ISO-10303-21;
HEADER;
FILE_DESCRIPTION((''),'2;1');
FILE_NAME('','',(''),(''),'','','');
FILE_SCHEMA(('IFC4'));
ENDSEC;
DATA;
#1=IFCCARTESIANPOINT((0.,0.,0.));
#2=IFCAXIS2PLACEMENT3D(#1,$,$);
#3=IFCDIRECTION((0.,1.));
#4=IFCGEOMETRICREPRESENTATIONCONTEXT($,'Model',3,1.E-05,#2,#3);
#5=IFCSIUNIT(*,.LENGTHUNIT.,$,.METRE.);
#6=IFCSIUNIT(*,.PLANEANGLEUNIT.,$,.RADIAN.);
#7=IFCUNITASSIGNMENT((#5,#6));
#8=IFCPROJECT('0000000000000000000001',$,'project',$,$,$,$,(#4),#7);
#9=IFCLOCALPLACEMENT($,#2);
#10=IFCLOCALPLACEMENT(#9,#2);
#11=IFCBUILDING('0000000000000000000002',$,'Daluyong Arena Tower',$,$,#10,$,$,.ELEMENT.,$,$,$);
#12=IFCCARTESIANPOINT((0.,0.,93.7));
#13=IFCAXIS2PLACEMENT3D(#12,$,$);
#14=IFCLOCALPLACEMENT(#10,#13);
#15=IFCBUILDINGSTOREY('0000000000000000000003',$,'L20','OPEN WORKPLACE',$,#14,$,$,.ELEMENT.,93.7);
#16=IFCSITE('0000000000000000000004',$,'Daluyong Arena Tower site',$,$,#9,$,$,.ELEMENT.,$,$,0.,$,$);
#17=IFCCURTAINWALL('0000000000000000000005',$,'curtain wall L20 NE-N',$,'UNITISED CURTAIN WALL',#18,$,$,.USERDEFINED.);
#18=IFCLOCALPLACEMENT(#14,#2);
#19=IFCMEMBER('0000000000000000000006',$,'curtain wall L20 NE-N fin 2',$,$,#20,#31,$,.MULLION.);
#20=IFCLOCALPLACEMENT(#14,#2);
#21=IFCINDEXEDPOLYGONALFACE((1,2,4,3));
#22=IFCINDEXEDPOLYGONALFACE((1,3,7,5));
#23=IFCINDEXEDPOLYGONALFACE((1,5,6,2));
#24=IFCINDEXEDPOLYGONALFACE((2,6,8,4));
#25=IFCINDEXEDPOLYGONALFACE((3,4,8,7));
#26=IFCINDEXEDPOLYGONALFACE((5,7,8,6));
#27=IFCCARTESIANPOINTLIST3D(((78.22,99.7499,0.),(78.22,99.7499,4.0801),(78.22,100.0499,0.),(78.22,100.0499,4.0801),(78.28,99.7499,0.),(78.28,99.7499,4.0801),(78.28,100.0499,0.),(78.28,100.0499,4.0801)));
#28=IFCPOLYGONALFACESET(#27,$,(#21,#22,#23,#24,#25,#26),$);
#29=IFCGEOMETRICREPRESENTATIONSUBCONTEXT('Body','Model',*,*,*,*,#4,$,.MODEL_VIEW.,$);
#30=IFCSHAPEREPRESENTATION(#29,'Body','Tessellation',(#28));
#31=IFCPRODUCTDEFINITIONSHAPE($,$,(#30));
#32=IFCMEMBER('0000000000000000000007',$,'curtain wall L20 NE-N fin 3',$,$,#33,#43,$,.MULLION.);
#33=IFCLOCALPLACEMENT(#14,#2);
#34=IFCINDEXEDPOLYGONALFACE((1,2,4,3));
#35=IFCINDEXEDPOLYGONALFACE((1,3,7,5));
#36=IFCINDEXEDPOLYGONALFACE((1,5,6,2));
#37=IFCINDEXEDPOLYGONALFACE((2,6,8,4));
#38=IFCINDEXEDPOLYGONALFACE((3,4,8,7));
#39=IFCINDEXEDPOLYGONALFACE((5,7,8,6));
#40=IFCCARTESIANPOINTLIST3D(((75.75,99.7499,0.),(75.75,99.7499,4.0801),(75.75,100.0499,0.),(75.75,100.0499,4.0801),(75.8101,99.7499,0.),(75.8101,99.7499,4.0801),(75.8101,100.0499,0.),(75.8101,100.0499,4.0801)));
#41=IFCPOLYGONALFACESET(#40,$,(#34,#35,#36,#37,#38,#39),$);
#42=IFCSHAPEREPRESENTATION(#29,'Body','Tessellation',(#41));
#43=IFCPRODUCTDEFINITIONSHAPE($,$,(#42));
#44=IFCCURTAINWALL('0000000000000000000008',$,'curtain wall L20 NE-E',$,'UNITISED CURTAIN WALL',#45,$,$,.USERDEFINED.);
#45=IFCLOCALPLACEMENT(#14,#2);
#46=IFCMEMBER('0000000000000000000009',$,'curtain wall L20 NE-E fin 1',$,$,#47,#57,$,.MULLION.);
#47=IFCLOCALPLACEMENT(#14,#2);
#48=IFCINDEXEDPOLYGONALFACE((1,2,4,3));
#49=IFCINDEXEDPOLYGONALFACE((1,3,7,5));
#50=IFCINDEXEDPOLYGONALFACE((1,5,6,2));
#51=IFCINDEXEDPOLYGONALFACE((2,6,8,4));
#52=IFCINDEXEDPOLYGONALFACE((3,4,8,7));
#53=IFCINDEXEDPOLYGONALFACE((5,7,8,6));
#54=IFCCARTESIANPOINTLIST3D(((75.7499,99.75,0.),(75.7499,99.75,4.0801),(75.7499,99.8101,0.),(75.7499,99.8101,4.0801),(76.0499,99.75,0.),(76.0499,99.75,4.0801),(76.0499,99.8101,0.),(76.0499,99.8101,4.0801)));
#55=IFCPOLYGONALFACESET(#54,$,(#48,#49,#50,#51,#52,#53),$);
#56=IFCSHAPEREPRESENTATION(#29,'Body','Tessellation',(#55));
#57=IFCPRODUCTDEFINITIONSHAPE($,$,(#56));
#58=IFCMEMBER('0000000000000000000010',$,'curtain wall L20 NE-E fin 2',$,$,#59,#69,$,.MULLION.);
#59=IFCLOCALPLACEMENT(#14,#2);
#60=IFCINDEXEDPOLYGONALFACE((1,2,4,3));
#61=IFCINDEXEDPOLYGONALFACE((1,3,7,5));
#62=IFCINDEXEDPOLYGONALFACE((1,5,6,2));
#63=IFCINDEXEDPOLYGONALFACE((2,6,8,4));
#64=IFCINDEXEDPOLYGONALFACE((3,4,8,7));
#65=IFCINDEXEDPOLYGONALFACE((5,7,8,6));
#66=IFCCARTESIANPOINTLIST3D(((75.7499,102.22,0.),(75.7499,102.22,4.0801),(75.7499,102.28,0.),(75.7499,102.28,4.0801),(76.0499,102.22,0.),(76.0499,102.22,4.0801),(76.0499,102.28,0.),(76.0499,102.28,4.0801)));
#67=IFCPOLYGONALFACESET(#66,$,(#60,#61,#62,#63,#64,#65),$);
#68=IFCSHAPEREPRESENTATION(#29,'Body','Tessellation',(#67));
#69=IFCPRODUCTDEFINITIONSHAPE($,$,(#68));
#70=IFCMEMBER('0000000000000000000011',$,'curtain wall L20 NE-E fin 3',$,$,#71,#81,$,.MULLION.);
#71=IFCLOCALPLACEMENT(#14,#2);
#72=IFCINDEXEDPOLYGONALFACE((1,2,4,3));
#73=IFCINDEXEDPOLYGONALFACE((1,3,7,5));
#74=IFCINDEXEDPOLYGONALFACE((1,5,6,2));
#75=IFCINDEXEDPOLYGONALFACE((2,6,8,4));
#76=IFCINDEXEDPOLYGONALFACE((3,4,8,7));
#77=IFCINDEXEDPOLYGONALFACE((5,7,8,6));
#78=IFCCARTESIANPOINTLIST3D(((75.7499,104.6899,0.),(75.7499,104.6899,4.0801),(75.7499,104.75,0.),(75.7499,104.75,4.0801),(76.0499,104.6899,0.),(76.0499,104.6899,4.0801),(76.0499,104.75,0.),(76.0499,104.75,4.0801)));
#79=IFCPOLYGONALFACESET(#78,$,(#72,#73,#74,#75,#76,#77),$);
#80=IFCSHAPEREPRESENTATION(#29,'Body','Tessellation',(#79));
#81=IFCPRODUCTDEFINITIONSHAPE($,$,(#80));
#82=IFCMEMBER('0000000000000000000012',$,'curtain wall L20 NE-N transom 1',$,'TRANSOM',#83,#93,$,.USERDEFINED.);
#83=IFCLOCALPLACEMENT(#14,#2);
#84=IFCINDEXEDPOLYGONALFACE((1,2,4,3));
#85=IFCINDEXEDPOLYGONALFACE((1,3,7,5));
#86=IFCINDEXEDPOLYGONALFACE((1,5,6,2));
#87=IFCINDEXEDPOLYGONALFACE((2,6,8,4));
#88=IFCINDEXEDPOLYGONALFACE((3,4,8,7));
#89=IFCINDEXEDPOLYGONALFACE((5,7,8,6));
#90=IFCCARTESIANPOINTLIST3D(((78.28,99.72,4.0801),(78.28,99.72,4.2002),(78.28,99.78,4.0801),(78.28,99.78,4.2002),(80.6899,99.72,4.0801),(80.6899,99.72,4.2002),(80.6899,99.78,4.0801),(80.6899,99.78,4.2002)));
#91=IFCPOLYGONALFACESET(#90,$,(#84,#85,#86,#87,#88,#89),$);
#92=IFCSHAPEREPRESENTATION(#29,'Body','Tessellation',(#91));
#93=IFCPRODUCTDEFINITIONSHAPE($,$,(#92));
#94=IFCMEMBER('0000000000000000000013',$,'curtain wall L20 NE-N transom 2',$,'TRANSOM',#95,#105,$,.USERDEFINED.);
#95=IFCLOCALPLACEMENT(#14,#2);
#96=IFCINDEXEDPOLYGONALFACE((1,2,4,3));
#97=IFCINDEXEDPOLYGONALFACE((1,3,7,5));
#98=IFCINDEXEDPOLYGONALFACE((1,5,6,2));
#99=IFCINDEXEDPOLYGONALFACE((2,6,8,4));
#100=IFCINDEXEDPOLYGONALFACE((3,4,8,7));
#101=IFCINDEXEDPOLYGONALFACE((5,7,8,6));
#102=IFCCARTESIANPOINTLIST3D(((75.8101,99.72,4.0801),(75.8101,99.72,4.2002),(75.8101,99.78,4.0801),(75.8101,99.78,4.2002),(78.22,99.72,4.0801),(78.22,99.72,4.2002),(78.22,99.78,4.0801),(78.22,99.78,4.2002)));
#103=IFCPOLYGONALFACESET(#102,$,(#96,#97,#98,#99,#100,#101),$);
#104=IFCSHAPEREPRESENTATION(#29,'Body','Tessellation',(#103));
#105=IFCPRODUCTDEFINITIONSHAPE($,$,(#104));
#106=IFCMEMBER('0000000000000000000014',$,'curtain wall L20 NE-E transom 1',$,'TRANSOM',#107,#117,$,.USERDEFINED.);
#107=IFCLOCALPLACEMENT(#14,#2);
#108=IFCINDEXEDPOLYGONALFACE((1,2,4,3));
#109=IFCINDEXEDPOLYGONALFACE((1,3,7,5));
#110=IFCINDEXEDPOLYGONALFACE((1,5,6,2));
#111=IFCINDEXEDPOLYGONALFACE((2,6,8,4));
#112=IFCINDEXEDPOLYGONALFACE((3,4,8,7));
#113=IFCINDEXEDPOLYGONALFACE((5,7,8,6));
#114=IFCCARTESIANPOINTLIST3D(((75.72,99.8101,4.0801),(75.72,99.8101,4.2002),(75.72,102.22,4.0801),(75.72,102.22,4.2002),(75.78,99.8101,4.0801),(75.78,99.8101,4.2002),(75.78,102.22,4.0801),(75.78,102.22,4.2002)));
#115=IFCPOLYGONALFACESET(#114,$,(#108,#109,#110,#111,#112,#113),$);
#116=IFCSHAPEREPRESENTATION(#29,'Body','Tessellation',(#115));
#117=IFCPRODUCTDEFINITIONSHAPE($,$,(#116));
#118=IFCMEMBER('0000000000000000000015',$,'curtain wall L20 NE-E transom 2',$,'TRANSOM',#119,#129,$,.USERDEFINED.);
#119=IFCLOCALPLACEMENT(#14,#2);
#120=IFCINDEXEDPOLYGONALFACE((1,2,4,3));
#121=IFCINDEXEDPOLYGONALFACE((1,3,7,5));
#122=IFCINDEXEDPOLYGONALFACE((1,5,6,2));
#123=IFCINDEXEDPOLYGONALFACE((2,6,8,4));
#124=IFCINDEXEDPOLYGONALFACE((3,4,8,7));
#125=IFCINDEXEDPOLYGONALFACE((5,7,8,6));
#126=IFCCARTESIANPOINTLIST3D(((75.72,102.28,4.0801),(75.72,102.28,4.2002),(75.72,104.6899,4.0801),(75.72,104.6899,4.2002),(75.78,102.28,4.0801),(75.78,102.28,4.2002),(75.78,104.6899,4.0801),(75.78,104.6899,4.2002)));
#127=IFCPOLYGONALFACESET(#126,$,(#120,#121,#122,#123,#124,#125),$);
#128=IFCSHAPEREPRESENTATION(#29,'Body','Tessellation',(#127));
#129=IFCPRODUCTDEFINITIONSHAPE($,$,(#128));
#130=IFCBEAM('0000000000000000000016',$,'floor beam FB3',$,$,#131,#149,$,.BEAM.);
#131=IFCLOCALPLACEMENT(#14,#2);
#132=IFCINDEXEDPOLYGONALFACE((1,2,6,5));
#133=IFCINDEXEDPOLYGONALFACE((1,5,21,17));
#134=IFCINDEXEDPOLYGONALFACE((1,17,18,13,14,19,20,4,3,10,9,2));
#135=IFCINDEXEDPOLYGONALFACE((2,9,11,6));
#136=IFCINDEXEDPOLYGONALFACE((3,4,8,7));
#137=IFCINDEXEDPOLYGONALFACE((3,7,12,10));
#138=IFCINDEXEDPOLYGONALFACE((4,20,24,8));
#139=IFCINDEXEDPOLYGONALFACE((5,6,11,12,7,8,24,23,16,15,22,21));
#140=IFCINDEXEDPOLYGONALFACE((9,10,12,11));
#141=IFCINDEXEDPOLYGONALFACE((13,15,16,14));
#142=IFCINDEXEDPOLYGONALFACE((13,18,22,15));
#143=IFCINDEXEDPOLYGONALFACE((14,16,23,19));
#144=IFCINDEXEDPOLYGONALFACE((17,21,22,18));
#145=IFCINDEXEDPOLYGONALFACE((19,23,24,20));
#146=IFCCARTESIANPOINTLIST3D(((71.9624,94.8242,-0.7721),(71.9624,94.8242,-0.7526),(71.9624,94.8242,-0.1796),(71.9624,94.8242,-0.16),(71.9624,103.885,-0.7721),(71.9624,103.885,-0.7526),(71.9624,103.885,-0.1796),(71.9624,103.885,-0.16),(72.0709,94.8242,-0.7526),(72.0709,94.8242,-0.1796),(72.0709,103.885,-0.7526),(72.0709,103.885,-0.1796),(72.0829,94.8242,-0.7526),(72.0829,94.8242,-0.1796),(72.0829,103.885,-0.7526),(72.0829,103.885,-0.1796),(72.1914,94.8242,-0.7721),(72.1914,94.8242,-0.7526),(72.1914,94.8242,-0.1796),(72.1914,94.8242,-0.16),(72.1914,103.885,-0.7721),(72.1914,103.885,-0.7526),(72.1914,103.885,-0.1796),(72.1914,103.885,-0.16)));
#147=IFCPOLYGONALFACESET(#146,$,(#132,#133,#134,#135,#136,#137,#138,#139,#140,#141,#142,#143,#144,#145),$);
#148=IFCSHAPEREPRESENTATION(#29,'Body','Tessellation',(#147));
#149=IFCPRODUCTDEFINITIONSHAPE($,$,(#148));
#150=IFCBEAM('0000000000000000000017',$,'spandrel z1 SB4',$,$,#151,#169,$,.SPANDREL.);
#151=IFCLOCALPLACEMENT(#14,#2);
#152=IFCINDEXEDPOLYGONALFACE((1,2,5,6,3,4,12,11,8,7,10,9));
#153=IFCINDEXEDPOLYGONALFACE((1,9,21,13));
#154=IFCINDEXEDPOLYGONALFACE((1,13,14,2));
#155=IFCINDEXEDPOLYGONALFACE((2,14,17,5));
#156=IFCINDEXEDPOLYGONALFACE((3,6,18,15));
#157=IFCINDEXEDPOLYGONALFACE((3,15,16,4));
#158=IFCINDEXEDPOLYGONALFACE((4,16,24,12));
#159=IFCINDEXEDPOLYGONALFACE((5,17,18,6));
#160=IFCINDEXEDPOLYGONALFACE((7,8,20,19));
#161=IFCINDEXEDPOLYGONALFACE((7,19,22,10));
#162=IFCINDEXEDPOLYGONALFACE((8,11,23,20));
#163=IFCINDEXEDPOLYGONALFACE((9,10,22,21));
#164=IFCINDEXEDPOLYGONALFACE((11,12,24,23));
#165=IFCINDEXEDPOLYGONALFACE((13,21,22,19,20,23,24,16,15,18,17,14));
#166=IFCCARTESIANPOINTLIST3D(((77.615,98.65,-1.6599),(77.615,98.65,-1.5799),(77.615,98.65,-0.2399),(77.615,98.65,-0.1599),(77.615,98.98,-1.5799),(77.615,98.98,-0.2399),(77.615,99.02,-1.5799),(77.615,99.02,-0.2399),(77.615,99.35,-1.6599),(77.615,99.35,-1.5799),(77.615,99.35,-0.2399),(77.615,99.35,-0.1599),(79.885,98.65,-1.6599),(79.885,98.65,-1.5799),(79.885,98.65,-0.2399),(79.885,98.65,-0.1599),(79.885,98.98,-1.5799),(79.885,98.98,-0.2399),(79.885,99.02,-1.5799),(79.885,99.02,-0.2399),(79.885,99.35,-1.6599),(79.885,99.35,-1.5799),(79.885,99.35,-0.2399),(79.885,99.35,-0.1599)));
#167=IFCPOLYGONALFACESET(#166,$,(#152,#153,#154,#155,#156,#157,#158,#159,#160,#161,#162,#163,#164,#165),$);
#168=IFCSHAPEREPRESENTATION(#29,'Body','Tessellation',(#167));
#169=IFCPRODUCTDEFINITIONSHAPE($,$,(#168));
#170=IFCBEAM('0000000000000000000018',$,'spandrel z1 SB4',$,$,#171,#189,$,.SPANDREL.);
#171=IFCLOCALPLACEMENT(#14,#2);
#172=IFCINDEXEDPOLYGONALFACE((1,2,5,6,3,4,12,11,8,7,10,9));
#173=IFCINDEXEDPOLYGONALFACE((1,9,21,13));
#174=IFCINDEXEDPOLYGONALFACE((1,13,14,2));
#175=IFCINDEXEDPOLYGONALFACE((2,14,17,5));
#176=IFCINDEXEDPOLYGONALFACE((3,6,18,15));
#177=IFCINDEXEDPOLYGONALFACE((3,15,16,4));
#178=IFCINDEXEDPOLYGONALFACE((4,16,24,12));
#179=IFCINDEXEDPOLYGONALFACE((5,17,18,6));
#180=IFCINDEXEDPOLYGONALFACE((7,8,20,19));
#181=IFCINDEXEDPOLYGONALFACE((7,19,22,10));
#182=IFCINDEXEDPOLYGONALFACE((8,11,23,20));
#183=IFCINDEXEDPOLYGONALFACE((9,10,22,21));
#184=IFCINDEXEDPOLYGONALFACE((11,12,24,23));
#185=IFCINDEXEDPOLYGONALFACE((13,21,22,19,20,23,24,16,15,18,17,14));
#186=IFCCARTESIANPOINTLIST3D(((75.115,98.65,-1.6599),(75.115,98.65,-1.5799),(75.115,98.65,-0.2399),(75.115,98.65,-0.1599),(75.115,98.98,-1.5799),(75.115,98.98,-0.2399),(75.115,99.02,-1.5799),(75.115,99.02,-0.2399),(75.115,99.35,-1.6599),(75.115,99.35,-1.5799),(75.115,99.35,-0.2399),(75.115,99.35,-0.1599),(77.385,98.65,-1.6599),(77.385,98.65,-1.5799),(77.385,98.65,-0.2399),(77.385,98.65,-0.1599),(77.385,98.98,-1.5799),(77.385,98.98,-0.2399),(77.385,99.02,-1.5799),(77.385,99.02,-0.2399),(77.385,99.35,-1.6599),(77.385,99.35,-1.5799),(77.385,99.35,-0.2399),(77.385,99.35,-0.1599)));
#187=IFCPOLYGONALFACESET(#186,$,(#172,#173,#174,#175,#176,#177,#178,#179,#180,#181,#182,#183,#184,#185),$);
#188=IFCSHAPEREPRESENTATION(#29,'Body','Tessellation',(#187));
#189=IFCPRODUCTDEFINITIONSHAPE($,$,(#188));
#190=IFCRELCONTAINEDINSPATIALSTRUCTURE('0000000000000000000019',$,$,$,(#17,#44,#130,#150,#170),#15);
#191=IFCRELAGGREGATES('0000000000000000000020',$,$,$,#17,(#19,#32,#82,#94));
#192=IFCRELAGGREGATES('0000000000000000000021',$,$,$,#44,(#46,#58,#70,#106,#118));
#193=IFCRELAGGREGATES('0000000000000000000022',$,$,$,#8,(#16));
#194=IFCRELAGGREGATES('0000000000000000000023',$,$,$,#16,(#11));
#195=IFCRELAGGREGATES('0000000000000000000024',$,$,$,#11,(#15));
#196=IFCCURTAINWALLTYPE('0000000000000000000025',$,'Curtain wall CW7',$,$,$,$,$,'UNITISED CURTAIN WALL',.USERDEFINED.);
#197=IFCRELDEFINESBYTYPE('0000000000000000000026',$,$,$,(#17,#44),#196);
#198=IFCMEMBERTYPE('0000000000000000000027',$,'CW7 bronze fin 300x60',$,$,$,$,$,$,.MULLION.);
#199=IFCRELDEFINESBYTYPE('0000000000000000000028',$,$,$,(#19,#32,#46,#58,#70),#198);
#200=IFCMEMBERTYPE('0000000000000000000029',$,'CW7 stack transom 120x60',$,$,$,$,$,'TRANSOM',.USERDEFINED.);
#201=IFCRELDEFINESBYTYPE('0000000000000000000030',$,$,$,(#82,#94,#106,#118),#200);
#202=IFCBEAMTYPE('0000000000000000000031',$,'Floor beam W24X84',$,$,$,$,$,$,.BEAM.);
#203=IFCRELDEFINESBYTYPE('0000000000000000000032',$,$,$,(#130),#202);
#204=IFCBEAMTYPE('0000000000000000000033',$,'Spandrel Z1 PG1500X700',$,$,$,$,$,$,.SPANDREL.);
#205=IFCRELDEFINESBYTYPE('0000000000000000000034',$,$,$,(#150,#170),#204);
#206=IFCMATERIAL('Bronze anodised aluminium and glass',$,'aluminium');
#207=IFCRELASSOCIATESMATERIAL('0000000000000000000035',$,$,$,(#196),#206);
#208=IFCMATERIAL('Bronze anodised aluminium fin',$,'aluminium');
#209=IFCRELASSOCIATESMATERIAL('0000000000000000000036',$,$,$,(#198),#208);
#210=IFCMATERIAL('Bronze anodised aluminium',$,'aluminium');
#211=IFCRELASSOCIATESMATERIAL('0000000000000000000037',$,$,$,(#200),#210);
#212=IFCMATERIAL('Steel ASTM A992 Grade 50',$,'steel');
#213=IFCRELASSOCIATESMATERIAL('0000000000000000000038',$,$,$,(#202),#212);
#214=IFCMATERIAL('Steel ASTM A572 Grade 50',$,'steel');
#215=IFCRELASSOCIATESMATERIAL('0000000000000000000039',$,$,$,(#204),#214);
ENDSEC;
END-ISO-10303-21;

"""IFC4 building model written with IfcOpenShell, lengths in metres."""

from ifc_helpers import new_model, si_unit, direction, frame, origin, origin_2d, place, context, subcontext, project, spatial, rectangle, i_section, extrude, material, material_profile, profile_set, type_object, element, aggregate, save


model = new_model("IFC4")

# Units and contexts
model_context = context("Model", 3, precision=1e-05, world=origin(), true_north=direction((0.0, 1.0)))
body_context = subcontext(model_context, "Body", "Model", "MODEL_VIEW")
ifc_project = project(units=[si_unit("LENGTHUNIT", "METRE"), si_unit("PLANEANGLEUNIT", "RADIAN")], contexts=[model_context])

# Site, building, storey
site_placement = place(None, origin())
site = spatial("IfcSite", under=ifc_project, at=site_placement, Name="Daluyong Arena Tower site", CompositionType="ELEMENT", RefElevation=0.0)
building_placement = place(site_placement, origin())
building = spatial("IfcBuilding", under=site, at=building_placement, Name="Daluyong Arena Tower", CompositionType="ELEMENT")
storey_placement = place(building_placement, frame((0.0, 0.0, 93.7)))
storey = spatial("IfcBuildingStorey", under=building, at=storey_placement, Name="L20", Description="OPEN WORKPLACE", CompositionType="ELEMENT", Elevation=93.7)

# Curtain walls, members
ifc_material_1 = material(Name="Bronze anodised aluminium and glass", Category="aluminium")
curtain_wall_type_1 = type_object("IfcCurtainWallType", Name="Curtain wall CW7", ElementType="UNITISED CURTAIN WALL", PredefinedType="USERDEFINED", material=ifc_material_1)
curtain_wall_1_placement = place(storey_placement, origin())
curtain_wall_1 = element("IfcCurtainWall", 1, at=curtain_wall_1_placement, inside=storey, type_object=curtain_wall_type_1, Name="curtain wall L20 NE-N", ObjectType="UNITISED CURTAIN WALL", PredefinedType="USERDEFINED")
ifc_material_2 = material(Name="Bronze anodised aluminium fin", Category="aluminium")
ifc_material_profile_1 = material_profile(ifc_material_2, rectangle(XDim=0.3, YDim=0.0601, at=origin_2d()))
ifc_profile_set_1 = profile_set([ifc_material_profile_1], Name="Bronze anodised aluminium fin")
member_type_1 = type_object("IfcMemberType", Name="CW7 bronze fin 300x60", PredefinedType="MULLION", material=ifc_profile_set_1)
member_1_placement = place(storey_placement, frame((78.25, 99.8999, 0.0), z_axis=(0.0, 0.0, 1.0), x_axis=(0.0, -1.0, 0.0)))
member_1 = element("IfcMember", 2, at=member_1_placement, type_object=member_type_1, Name="curtain wall L20 NE-N fin 2", PredefinedType="MULLION", context=body_context, shape_type="SweptSolid", body=[
    extrude(rectangle(XDim=0.3, YDim=0.0601, at=origin_2d()), origin(), (0.0, 0.0, 1.0), 4.0801),
])
member_2_placement = place(storey_placement, frame((75.78, 99.8999, 0.0), z_axis=(0.0, 0.0, 1.0), x_axis=(0.0, -1.0, 0.0)))
member_2 = element("IfcMember", 3, at=member_2_placement, type_object=member_type_1, Name="curtain wall L20 NE-N fin 3", PredefinedType="MULLION", context=body_context, shape_type="SweptSolid", body=[
    extrude(rectangle(XDim=0.3, YDim=0.0601, at=origin_2d()), origin(), (0.0, 0.0, 1.0), 4.0801),
])
curtain_wall_2_placement = place(storey_placement, origin())
curtain_wall_2 = element("IfcCurtainWall", 4, at=curtain_wall_2_placement, inside=storey, type_object=curtain_wall_type_1, Name="curtain wall L20 NE-E", ObjectType="UNITISED CURTAIN WALL", PredefinedType="USERDEFINED")
member_3_placement = place(storey_placement, frame((75.8999, 99.78, 0.0), z_axis=(0.0, 0.0, 1.0), x_axis=(-1.0, 0.0, 0.0)))
member_3 = element("IfcMember", 5, at=member_3_placement, type_object=member_type_1, Name="curtain wall L20 NE-E fin 1", PredefinedType="MULLION", context=body_context, shape_type="SweptSolid", body=[
    extrude(rectangle(XDim=0.3, YDim=0.0601, at=origin_2d()), origin(), (0.0, 0.0, 1.0), 4.0801),
])
member_4_placement = place(storey_placement, frame((75.8999, 102.25, 0.0), z_axis=(0.0, 0.0, 1.0), x_axis=(-1.0, 0.0, 0.0)))
member_4 = element("IfcMember", 6, at=member_4_placement, type_object=member_type_1, Name="curtain wall L20 NE-E fin 2", PredefinedType="MULLION", context=body_context, shape_type="SweptSolid", body=[
    extrude(rectangle(XDim=0.3, YDim=0.0601, at=origin_2d()), origin(), (0.0, 0.0, 1.0), 4.0801),
])
member_5_placement = place(storey_placement, frame((75.8999, 104.72, 0.0), z_axis=(0.0, 0.0, 1.0), x_axis=(-1.0, 0.0, 0.0)))
member_5 = element("IfcMember", 7, at=member_5_placement, type_object=member_type_1, Name="curtain wall L20 NE-E fin 3", PredefinedType="MULLION", context=body_context, shape_type="SweptSolid", body=[
    extrude(rectangle(XDim=0.3, YDim=0.0601, at=origin_2d()), origin(), (0.0, 0.0, 1.0), 4.0801),
])

# Members
ifc_material_3 = material(Name="Bronze anodised aluminium", Category="aluminium")
ifc_material_profile_2 = material_profile(ifc_material_3, rectangle(XDim=0.0601, YDim=0.1201, at=origin_2d()))
ifc_profile_set_2 = profile_set([ifc_material_profile_2], Name="Bronze anodised aluminium")
member_type_2 = type_object("IfcMemberType", Name="CW7 stack transom 120x60", ElementType="TRANSOM", PredefinedType="USERDEFINED", material=ifc_profile_set_2)
member_6_placement = place(storey_placement, frame((80.6899, 99.75, 4.1401), z_axis=(-1.0, 0.0, 0.0), x_axis=(0.0, -1.0, 0.0)))
member_6 = element("IfcMember", 8, at=member_6_placement, type_object=member_type_2, Name="curtain wall L20 NE-N transom 1", ObjectType="TRANSOM", PredefinedType="USERDEFINED", context=body_context, shape_type="SweptSolid", body=[
    extrude(rectangle(XDim=0.0601, YDim=0.1201, at=origin_2d()), origin(), (0.0, 0.0, 1.0), 2.4099),
])
member_7_placement = place(storey_placement, frame((78.22, 99.75, 4.1401), z_axis=(-1.0, 0.0, 0.0), x_axis=(0.0, -1.0, 0.0)))
member_7 = element("IfcMember", 9, at=member_7_placement, type_object=member_type_2, Name="curtain wall L20 NE-N transom 2", ObjectType="TRANSOM", PredefinedType="USERDEFINED", context=body_context, shape_type="SweptSolid", body=[
    extrude(rectangle(XDim=0.0601, YDim=0.1201, at=origin_2d()), origin(), (0.0, 0.0, 1.0), 2.4099),
])
member_8_placement = place(storey_placement, frame((75.75, 99.8101, 4.1401), z_axis=(0.0, 1.0, 0.0), x_axis=(-1.0, 0.0, 0.0)))
member_8 = element("IfcMember", 10, at=member_8_placement, type_object=member_type_2, Name="curtain wall L20 NE-E transom 1", ObjectType="TRANSOM", PredefinedType="USERDEFINED", context=body_context, shape_type="SweptSolid", body=[
    extrude(rectangle(XDim=0.0601, YDim=0.1201, at=origin_2d()), origin(), (0.0, 0.0, 1.0), 2.4099),
])
member_9_placement = place(storey_placement, frame((75.75, 102.28, 4.1401), z_axis=(0.0, 1.0, 0.0), x_axis=(-1.0, 0.0, 0.0)))
member_9 = element("IfcMember", 11, at=member_9_placement, type_object=member_type_2, Name="curtain wall L20 NE-E transom 2", ObjectType="TRANSOM", PredefinedType="USERDEFINED", context=body_context, shape_type="SweptSolid", body=[
    extrude(rectangle(XDim=0.0601, YDim=0.1201, at=origin_2d()), origin(), (0.0, 0.0, 1.0), 2.4099),
])

# Beams
ifc_material_4 = material(Name="Steel ASTM A992 Grade 50", Category="steel")
ifc_material_profile_3 = material_profile(ifc_material_4, i_section(OverallWidth=0.229, OverallDepth=0.6121, WebThickness=0.012, FlangeThickness=0.0195, at=origin_2d()))
ifc_profile_set_3 = profile_set([ifc_material_profile_3], Name="Steel ASTM A992 Grade 50")
beam_type_1 = type_object("IfcBeamType", Name="Floor beam W24X84", PredefinedType="BEAM", material=ifc_profile_set_3)
beam_placement = place(storey_placement, frame((72.0769, 103.885, -0.4661), z_axis=(0.0, -1.0, 0.0), x_axis=(1.0, 0.0, 0.0)))
element("IfcBeam", 12, at=beam_placement, inside=storey, type_object=beam_type_1, Name="floor beam FB3", PredefinedType="BEAM", context=body_context, shape_type="SweptSolid", body=[
    extrude(i_section(OverallWidth=0.229, OverallDepth=0.6121, WebThickness=0.012, FlangeThickness=0.0195, at=origin_2d()), origin(), (0.0, 0.0, 1.0), 9.0608),
])
ifc_material_5 = material(Name="Steel ASTM A572 Grade 50", Category="steel")
ifc_material_profile_4 = material_profile(ifc_material_5, i_section(OverallWidth=0.7, OverallDepth=1.5, WebThickness=0.04, FlangeThickness=0.08, at=origin_2d()))
ifc_profile_set_4 = profile_set([ifc_material_profile_4], Name="Steel ASTM A572 Grade 50")
beam_type_2 = type_object("IfcBeamType", Name="Spandrel Z1 PG1500X700", PredefinedType="SPANDREL", material=ifc_profile_set_4)
for number, where, z_axis, x_axis, name in (
    (13, (79.885, 99.0, -0.9099), (-1.0, 0.0, 0.0), (0.0, -1.0, 0.0), "spandrel z1 SB4"),
    (14, (77.385, 99.0, -0.9099), (-1.0, 0.0, 0.0), (0.0, -1.0, 0.0), "spandrel z1 SB4"),
):
    element("IfcBeam", number, at=place(storey_placement, frame(where, z_axis=z_axis, x_axis=x_axis)), inside=storey, type_object=beam_type_2, Name=name, PredefinedType="SPANDREL", context=body_context, shape_type="SweptSolid", body=[
        extrude(i_section(OverallWidth=0.7, OverallDepth=1.5, WebThickness=0.04, FlangeThickness=0.08, at=origin_2d()), origin(), (0.0, 0.0, 1.0), 2.27),
    ])

aggregate(curtain_wall_1, [member_1, member_2, member_6, member_7])
aggregate(curtain_wall_2, [member_3, member_4, member_5, member_8, member_9])

save(model, "model.ifc")
